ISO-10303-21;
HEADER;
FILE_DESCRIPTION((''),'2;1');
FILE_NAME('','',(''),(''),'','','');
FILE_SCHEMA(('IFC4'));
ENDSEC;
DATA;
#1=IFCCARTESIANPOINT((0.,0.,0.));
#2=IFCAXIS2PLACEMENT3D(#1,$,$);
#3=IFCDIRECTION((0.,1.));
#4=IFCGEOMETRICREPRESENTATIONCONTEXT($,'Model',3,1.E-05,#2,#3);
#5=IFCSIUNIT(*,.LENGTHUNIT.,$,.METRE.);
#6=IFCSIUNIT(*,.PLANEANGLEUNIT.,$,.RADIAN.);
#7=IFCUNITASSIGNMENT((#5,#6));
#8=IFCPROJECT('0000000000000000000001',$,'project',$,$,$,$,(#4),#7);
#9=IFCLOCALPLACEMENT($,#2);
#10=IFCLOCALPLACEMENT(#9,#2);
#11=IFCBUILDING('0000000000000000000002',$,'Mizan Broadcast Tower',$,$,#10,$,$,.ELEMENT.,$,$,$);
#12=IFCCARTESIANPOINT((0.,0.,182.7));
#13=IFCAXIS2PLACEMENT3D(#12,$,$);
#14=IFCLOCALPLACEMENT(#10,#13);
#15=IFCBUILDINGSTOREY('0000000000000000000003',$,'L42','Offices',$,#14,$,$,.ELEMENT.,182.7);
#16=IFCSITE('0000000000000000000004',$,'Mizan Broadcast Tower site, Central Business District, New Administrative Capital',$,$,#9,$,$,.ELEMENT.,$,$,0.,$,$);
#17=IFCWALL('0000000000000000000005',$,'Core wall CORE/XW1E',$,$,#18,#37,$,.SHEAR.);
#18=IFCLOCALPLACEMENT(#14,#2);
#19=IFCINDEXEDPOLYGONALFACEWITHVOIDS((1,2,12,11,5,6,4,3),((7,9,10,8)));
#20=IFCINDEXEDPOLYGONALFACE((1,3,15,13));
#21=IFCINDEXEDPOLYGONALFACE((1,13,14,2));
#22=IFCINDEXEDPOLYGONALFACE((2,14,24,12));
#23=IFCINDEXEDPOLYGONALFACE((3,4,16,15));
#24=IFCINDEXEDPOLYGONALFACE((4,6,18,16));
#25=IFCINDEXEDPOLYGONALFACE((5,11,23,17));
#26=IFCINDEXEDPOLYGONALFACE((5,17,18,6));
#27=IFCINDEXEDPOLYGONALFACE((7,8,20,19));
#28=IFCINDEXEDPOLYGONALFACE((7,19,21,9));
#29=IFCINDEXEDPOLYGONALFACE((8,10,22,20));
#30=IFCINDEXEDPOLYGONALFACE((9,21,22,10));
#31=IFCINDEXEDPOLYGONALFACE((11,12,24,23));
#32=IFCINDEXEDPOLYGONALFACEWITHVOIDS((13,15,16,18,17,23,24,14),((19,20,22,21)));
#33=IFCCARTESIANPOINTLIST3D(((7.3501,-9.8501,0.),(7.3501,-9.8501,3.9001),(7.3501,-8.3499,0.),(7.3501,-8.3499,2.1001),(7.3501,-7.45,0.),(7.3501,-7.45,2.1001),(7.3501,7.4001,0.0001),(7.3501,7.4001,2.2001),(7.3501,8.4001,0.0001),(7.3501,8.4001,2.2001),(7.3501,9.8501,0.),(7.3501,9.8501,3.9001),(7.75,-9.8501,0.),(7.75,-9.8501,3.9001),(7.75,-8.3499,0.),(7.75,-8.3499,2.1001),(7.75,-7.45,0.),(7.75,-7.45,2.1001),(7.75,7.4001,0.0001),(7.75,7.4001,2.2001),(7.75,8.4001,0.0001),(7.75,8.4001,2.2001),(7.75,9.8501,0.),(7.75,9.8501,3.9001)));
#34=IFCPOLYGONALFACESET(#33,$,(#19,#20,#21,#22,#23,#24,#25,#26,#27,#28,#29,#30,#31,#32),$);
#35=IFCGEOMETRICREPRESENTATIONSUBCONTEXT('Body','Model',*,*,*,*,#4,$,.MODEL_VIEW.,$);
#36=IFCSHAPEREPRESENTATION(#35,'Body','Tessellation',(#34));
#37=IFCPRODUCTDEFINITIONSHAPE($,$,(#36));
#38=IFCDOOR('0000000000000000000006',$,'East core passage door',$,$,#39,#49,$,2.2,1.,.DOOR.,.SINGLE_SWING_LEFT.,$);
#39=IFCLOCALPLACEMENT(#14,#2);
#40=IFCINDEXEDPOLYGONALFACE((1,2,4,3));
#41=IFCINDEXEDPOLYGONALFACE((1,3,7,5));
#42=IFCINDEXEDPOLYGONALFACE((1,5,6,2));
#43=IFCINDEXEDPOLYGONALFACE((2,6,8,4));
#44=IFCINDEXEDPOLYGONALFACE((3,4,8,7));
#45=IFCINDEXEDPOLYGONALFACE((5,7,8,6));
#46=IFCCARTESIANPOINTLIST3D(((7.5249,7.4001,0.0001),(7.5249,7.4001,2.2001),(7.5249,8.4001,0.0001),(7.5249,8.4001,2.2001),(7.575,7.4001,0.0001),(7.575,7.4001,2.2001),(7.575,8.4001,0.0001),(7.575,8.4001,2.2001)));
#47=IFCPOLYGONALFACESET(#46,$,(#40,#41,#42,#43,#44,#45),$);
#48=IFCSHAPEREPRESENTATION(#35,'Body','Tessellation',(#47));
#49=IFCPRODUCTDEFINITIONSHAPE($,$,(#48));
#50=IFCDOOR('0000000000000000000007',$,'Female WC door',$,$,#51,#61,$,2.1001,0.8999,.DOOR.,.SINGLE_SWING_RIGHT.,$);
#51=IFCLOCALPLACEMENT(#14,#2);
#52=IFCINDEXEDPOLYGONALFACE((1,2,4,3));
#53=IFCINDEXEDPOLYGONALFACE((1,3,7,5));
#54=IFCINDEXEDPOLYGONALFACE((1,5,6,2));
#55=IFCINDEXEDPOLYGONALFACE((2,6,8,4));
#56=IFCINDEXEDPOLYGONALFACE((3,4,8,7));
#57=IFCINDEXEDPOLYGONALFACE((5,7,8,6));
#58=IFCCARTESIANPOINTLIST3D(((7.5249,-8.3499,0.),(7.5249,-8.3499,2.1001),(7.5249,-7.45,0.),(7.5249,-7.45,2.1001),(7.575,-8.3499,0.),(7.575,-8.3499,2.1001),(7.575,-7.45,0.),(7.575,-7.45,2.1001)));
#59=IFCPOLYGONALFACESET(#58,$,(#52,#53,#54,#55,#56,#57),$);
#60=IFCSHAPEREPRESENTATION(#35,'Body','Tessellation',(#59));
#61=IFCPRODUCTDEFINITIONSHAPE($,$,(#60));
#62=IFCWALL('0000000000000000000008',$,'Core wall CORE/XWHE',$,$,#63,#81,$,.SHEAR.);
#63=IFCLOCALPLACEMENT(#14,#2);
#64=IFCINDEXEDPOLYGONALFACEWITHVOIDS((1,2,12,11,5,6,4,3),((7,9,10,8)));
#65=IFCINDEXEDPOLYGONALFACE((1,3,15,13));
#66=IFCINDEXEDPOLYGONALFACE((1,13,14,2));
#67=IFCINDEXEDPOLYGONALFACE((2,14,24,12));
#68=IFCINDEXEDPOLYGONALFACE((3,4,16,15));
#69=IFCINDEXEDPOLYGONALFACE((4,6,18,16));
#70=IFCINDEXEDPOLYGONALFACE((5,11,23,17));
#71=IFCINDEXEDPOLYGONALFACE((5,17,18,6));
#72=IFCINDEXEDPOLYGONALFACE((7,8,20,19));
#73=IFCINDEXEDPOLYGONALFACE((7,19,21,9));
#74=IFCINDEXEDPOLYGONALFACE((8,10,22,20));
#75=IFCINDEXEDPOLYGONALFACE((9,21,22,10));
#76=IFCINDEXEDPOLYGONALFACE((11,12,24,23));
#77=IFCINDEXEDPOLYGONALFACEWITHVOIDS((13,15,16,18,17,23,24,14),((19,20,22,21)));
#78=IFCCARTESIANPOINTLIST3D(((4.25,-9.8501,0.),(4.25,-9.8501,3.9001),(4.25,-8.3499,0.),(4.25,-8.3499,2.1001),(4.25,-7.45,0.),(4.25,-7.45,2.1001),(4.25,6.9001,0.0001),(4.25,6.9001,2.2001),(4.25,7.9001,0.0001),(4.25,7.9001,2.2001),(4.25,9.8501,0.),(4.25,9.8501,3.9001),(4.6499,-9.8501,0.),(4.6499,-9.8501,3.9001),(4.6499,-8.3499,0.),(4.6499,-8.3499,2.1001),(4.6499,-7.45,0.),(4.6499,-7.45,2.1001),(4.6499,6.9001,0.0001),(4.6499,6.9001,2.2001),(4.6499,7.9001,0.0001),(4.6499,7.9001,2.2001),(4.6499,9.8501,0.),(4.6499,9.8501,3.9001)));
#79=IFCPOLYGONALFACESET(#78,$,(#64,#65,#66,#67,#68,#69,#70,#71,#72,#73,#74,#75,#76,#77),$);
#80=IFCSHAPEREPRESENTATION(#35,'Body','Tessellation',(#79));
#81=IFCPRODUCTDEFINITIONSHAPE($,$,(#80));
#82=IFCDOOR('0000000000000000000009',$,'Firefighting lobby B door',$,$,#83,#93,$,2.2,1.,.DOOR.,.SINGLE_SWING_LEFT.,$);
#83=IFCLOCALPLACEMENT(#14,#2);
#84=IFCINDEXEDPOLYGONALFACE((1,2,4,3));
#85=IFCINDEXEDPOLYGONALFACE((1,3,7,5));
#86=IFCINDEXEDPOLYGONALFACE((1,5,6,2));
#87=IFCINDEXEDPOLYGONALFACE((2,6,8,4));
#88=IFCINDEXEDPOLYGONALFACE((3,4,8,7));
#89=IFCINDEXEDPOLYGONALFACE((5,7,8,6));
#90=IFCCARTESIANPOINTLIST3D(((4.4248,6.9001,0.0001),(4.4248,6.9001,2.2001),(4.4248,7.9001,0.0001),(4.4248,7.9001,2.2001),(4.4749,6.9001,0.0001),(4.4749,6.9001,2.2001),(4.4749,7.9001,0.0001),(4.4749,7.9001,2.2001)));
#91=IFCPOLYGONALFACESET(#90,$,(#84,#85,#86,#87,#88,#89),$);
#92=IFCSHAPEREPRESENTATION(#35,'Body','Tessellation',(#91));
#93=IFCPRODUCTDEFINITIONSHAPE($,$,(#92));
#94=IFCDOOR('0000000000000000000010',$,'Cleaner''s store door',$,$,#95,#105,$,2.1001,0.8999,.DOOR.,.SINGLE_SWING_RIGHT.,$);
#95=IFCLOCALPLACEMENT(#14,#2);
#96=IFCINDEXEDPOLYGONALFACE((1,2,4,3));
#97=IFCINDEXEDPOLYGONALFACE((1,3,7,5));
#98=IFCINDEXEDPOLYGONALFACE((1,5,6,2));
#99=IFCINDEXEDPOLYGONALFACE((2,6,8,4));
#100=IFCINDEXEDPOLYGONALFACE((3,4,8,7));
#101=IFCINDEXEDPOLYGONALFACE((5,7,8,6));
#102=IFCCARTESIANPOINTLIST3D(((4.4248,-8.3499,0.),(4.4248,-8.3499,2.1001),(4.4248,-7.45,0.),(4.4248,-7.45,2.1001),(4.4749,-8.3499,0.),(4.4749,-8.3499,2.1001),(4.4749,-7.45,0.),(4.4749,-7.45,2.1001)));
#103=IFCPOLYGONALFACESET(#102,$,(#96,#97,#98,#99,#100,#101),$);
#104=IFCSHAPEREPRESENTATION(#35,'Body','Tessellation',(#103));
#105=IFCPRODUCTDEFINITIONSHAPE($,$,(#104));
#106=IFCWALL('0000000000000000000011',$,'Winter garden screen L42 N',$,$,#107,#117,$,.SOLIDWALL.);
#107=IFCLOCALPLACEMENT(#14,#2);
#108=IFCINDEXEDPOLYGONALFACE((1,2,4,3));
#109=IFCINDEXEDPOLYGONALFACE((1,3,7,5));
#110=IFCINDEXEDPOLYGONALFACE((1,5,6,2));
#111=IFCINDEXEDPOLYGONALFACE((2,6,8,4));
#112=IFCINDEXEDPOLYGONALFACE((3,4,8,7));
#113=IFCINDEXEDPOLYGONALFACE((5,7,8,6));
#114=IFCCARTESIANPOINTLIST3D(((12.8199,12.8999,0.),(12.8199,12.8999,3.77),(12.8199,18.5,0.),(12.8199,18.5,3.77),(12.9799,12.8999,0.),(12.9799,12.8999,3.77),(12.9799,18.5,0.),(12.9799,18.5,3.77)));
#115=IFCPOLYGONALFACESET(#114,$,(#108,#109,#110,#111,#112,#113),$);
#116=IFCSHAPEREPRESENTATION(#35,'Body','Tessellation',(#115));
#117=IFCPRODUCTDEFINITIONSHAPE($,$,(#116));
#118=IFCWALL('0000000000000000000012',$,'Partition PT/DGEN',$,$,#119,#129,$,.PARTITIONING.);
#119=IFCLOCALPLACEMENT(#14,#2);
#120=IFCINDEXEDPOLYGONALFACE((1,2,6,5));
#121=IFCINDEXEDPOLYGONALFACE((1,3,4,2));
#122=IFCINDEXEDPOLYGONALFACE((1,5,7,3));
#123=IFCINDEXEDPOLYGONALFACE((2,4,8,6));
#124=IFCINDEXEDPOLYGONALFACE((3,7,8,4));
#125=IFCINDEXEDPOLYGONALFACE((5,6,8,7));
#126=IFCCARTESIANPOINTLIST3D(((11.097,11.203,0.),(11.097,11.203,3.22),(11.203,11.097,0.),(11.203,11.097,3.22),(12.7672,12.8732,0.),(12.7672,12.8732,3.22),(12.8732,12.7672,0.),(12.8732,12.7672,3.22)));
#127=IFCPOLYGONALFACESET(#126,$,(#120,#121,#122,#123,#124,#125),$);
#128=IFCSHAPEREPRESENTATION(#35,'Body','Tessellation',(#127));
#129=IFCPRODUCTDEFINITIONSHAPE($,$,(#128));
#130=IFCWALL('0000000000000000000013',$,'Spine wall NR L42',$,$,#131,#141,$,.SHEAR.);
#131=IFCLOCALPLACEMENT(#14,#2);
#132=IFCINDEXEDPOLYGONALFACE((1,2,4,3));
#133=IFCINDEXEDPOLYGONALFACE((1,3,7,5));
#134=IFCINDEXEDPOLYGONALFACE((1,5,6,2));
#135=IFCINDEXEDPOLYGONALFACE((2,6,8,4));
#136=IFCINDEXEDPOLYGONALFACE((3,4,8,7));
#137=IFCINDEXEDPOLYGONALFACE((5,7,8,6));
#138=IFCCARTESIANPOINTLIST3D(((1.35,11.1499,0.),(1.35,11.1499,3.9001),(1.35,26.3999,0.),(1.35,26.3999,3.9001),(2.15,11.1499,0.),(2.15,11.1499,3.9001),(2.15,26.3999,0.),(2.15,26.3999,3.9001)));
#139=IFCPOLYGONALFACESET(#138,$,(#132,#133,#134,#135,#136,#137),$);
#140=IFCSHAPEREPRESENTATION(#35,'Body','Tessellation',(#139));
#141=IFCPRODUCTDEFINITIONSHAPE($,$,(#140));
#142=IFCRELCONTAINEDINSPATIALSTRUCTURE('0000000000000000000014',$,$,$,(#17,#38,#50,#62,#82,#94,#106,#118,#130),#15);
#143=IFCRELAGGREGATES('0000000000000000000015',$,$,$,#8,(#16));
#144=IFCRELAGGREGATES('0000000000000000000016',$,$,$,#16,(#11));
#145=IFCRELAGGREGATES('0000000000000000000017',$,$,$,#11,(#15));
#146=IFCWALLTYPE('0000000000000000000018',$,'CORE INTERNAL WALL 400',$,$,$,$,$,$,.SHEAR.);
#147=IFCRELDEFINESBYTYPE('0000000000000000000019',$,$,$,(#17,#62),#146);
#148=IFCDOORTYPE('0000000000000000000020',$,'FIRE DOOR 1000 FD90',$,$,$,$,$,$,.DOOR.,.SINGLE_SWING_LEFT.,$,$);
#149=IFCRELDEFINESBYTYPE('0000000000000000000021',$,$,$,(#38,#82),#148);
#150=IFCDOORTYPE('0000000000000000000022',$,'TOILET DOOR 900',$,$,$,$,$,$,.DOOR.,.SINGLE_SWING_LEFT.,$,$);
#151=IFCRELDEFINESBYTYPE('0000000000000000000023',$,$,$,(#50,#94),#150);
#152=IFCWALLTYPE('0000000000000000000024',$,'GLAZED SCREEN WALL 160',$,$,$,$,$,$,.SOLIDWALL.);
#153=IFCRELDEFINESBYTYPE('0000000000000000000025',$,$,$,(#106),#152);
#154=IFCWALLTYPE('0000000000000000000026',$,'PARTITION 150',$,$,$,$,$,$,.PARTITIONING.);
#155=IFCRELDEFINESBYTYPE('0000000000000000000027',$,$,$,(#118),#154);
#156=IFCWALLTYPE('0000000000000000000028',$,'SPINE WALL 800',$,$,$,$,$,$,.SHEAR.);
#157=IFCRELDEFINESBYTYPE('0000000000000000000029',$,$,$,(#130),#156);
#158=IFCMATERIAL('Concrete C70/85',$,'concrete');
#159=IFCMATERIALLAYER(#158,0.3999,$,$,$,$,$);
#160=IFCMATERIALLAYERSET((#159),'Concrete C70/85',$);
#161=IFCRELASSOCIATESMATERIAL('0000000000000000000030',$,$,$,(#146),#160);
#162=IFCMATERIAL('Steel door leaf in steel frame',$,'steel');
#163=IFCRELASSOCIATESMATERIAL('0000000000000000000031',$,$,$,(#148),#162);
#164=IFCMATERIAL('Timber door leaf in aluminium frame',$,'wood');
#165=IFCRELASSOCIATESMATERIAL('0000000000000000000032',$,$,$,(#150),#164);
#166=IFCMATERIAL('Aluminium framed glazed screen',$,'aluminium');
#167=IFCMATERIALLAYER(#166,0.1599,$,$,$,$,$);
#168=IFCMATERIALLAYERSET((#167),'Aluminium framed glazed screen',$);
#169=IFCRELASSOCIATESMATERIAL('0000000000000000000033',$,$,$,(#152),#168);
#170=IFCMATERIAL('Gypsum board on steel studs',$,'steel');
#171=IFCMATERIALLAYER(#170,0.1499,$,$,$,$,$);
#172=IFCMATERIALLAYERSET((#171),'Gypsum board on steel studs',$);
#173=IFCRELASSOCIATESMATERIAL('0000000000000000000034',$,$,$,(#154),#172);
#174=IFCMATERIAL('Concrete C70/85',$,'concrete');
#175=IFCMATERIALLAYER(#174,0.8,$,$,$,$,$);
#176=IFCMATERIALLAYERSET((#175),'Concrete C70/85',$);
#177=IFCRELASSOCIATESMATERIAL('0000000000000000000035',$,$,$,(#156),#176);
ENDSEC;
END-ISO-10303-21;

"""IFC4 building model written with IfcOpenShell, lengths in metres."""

from ifc_helpers import new_model, si_unit, direction, frame, frame_2d, origin, place, context, subcontext, project, spatial, rectangle, extrude, material, layer, layer_set, type_object, element, fill, save


model = new_model("IFC4")

# Units and contexts
model_context = context("Model", 3, precision=1e-05, world=origin(), true_north=direction((0.0, 1.0)))
body_context = subcontext(model_context, "Body", "Model", "MODEL_VIEW")
ifc_project = project(units=[si_unit("LENGTHUNIT", "METRE"), si_unit("PLANEANGLEUNIT", "RADIAN")], contexts=[model_context])

# Site, building, storey
site_placement = place(None, origin())
site = spatial("IfcSite", under=ifc_project, at=site_placement, Name="Mizan Broadcast Tower site, Central Business District, New Administrative Capital", CompositionType="ELEMENT", RefElevation=0.0)
building_placement = place(site_placement, origin())
building = spatial("IfcBuilding", under=site, at=building_placement, Name="Mizan Broadcast Tower", CompositionType="ELEMENT")
storey_placement = place(building_placement, frame((0.0, 0.0, 182.7)))
storey = spatial("IfcBuildingStorey", under=building, at=storey_placement, Name="L42", Description="Offices", CompositionType="ELEMENT", Elevation=182.7)

# Walls, openings, doors
ifc_material_1 = material(Name="Concrete C70/85", Category="concrete")
ifc_layer_1 = layer(ifc_material_1, 0.3999)
ifc_layer_set_1 = layer_set([ifc_layer_1], Name="Concrete C70/85")
wall_type_1 = type_object("IfcWallType", Name="CORE INTERNAL WALL 400", PredefinedType="SHEAR", material=ifc_layer_set_1)
wall_1_placement = place(storey_placement, frame((7.55, 9.8501, 0.0), z_axis=(0.0, 0.0, 1.0), x_axis=(0.0, -1.0, 0.0)))
wall_1 = element("IfcWall", 1, at=wall_1_placement, inside=storey, type_object=wall_type_1, Name="Core wall CORE/XW1E", PredefinedType="SHEAR", context=body_context, shape_type="SweptSolid", body=[
    extrude(rectangle(XDim=19.7002, YDim=0.3999, at=frame_2d((9.8501, 0.0))), origin(), (0.0, 0.0, 1.0), 3.9001),
])
opening_1_placement = place(wall_1_placement, frame((1.45, 0.0, 0.0)))
opening_1 = element("IfcOpeningElement", 2, at=opening_1_placement, cuts=wall_1, PredefinedType="OPENING", context=body_context, shape_type="SweptSolid", body=[
    extrude(rectangle(XDim=1.0, YDim=2.2, at=frame_2d((0.5, 1.1001))), frame((0.0, 0.21, 0.0), z_axis=(0.0, -1.0, 0.0), x_axis=(1.0, 0.0, 0.0)), (0.0, 0.0, 1.0), 0.4199),
])
opening_2_placement = place(wall_1_placement, frame((17.3, 0.0, 0.0)))
opening_2 = element("IfcOpeningElement", 3, at=opening_2_placement, cuts=wall_1, PredefinedType="OPENING", context=body_context, shape_type="SweptSolid", body=[
    extrude(rectangle(XDim=0.8999, YDim=2.1001, at=frame_2d((0.45, 1.05))), frame((0.0, 0.21, 0.0), z_axis=(0.0, -1.0, 0.0), x_axis=(1.0, 0.0, 0.0)), (0.0, 0.0, 1.0), 0.4199),
])
ifc_material_2 = material(Name="Steel door leaf in steel frame", Category="steel")
door_type_1 = type_object("IfcDoorType", Name="FIRE DOOR 1000 FD90", OperationType="SINGLE_SWING_LEFT", PredefinedType="DOOR", material=ifc_material_2)
door_1_placement = place(opening_1_placement, origin())
door_1 = element("IfcDoor", 4, at=door_1_placement, inside=storey, type_object=door_type_1, Name="East core passage door", OperationType="SINGLE_SWING_LEFT", OverallHeight=2.2, OverallWidth=1.0, PredefinedType="DOOR", context=body_context, shape_type="SweptSolid", body=[
    extrude(rectangle(XDim=1.0, YDim=2.2, at=frame_2d((0.5, 1.1001))), frame((0.0, 0.0249, 0.0), z_axis=(0.0, -1.0, 0.0), x_axis=(1.0, 0.0, 0.0)), (0.0, 0.0, 1.0), 0.05),
])
fill(opening_1, door_1)
ifc_material_3 = material(Name="Timber door leaf in aluminium frame", Category="wood")
door_type_2 = type_object("IfcDoorType", Name="TOILET DOOR 900", OperationType="SINGLE_SWING_LEFT", PredefinedType="DOOR", material=ifc_material_3)
door_2_placement = place(opening_2_placement, origin())
door_2 = element("IfcDoor", 5, at=door_2_placement, inside=storey, type_object=door_type_2, Name="Female WC door", OperationType="SINGLE_SWING_RIGHT", OverallHeight=2.1001, OverallWidth=0.8999, PredefinedType="DOOR", context=body_context, shape_type="SweptSolid", body=[
    extrude(rectangle(XDim=0.8999, YDim=2.1001, at=frame_2d((0.45, 1.05))), frame((0.0, 0.0249, 0.0), z_axis=(0.0, -1.0, 0.0), x_axis=(1.0, 0.0, 0.0)), (0.0, 0.0, 1.0), 0.05),
])
fill(opening_2, door_2)
wall_2_placement = place(storey_placement, frame((4.45, 9.8501, 0.0), z_axis=(0.0, 0.0, 1.0), x_axis=(0.0, -1.0, 0.0)))
wall_2 = element("IfcWall", 6, at=wall_2_placement, inside=storey, type_object=wall_type_1, Name="Core wall CORE/XWHE", PredefinedType="SHEAR", context=body_context, shape_type="SweptSolid", body=[
    extrude(rectangle(XDim=19.7002, YDim=0.3999, at=frame_2d((9.8501, 0.0))), origin(), (0.0, 0.0, 1.0), 3.9001),
])
opening_3_placement = place(wall_2_placement, frame((1.95, 0.0, 0.0)))
opening_3 = element("IfcOpeningElement", 7, at=opening_3_placement, cuts=wall_2, PredefinedType="OPENING", context=body_context, shape_type="SweptSolid", body=[
    extrude(rectangle(XDim=1.0, YDim=2.2, at=frame_2d((0.5, 1.1001))), frame((0.0, 0.21, 0.0), z_axis=(0.0, -1.0, 0.0), x_axis=(1.0, 0.0, 0.0)), (0.0, 0.0, 1.0), 0.4199),
])
opening_4_placement = place(wall_2_placement, frame((17.3, 0.0, 0.0)))
opening_4 = element("IfcOpeningElement", 8, at=opening_4_placement, cuts=wall_2, PredefinedType="OPENING", context=body_context, shape_type="SweptSolid", body=[
    extrude(rectangle(XDim=0.8999, YDim=2.1001, at=frame_2d((0.45, 1.05))), frame((0.0, 0.21, 0.0), z_axis=(0.0, -1.0, 0.0), x_axis=(1.0, 0.0, 0.0)), (0.0, 0.0, 1.0), 0.4199),
])
door_3_placement = place(opening_3_placement, origin())
door_3 = element("IfcDoor", 9, at=door_3_placement, inside=storey, type_object=door_type_1, Name="Firefighting lobby B door", OperationType="SINGLE_SWING_LEFT", OverallHeight=2.2, OverallWidth=1.0, PredefinedType="DOOR", context=body_context, shape_type="SweptSolid", body=[
    extrude(rectangle(XDim=1.0, YDim=2.2, at=frame_2d((0.5, 1.1001))), frame((0.0, 0.0249, 0.0), z_axis=(0.0, -1.0, 0.0), x_axis=(1.0, 0.0, 0.0)), (0.0, 0.0, 1.0), 0.05),
])
fill(opening_3, door_3)
door_4_placement = place(opening_4_placement, origin())
door_4 = element("IfcDoor", 10, at=door_4_placement, inside=storey, type_object=door_type_2, Name="Cleaner's store door", OperationType="SINGLE_SWING_RIGHT", OverallHeight=2.1001, OverallWidth=0.8999, PredefinedType="DOOR", context=body_context, shape_type="SweptSolid", body=[
    extrude(rectangle(XDim=0.8999, YDim=2.1001, at=frame_2d((0.45, 1.05))), frame((0.0, 0.0249, 0.0), z_axis=(0.0, -1.0, 0.0), x_axis=(1.0, 0.0, 0.0)), (0.0, 0.0, 1.0), 0.05),
])
fill(opening_4, door_4)

# Walls
ifc_material_4 = material(Name="Aluminium framed glazed screen", Category="aluminium")
ifc_layer_2 = layer(ifc_material_4, 0.1599)
ifc_layer_set_2 = layer_set([ifc_layer_2], Name="Aluminium framed glazed screen")
wall_type_2 = type_object("IfcWallType", Name="GLAZED SCREEN WALL 160", PredefinedType="SOLIDWALL", material=ifc_layer_set_2)
wall_3_placement = place(storey_placement, frame((12.8999, 12.8999, 0.0), z_axis=(0.0, 0.0, 1.0), x_axis=(0.0, 1.0, 0.0)))
element("IfcWall", 11, at=wall_3_placement, inside=storey, type_object=wall_type_2, Name="Winter garden screen L42 N", PredefinedType="SOLIDWALL", context=body_context, shape_type="SweptSolid", body=[
    extrude(rectangle(XDim=5.6001, YDim=0.1599, at=frame_2d((2.8, 0.0))), origin(), (0.0, 0.0, 1.0), 3.77),
])
ifc_material_5 = material(Name="Gypsum board on steel studs", Category="steel")
ifc_layer_3 = layer(ifc_material_5, 0.1499)
ifc_layer_set_3 = layer_set([ifc_layer_3], Name="Gypsum board on steel studs")
wall_type_3 = type_object("IfcWallType", Name="PARTITION 150", PredefinedType="PARTITIONING", material=ifc_layer_set_3)
wall_4_placement = place(storey_placement, frame((11.1499, 11.1499, 0.0), z_axis=(0.0, 0.0, 1.0), x_axis=(0.707107, 0.707107, 0.0)))
element("IfcWall", 12, at=wall_4_placement, inside=storey, type_object=wall_type_3, Name="Partition PT/DGEN", PredefinedType="PARTITIONING", context=body_context, shape_type="SweptSolid", body=[
    extrude(rectangle(XDim=2.3621, YDim=0.1499, at=frame_2d((1.1812, 0.0))), origin(), (0.0, 0.0, 1.0), 3.22),
])
ifc_material_6 = material(Name="Concrete C70/85", Category="concrete")
ifc_layer_4 = layer(ifc_material_6, 0.8)
ifc_layer_set_4 = layer_set([ifc_layer_4], Name="Concrete C70/85")
wall_type_4 = type_object("IfcWallType", Name="SPINE WALL 800", PredefinedType="SHEAR", material=ifc_layer_set_4)
wall_5_placement = place(storey_placement, frame((1.75, 11.1499, 0.0), z_axis=(0.0, 0.0, 1.0), x_axis=(0.0, 1.0, 0.0)))
element("IfcWall", 13, at=wall_5_placement, inside=storey, type_object=wall_type_4, Name="Spine wall NR L42", PredefinedType="SHEAR", context=body_context, shape_type="SweptSolid", body=[
    extrude(rectangle(XDim=15.25, YDim=0.8, at=frame_2d((7.625, 0.0))), origin(), (0.0, 0.0, 1.0), 3.9001),
])

save(model, "model.ifc")
